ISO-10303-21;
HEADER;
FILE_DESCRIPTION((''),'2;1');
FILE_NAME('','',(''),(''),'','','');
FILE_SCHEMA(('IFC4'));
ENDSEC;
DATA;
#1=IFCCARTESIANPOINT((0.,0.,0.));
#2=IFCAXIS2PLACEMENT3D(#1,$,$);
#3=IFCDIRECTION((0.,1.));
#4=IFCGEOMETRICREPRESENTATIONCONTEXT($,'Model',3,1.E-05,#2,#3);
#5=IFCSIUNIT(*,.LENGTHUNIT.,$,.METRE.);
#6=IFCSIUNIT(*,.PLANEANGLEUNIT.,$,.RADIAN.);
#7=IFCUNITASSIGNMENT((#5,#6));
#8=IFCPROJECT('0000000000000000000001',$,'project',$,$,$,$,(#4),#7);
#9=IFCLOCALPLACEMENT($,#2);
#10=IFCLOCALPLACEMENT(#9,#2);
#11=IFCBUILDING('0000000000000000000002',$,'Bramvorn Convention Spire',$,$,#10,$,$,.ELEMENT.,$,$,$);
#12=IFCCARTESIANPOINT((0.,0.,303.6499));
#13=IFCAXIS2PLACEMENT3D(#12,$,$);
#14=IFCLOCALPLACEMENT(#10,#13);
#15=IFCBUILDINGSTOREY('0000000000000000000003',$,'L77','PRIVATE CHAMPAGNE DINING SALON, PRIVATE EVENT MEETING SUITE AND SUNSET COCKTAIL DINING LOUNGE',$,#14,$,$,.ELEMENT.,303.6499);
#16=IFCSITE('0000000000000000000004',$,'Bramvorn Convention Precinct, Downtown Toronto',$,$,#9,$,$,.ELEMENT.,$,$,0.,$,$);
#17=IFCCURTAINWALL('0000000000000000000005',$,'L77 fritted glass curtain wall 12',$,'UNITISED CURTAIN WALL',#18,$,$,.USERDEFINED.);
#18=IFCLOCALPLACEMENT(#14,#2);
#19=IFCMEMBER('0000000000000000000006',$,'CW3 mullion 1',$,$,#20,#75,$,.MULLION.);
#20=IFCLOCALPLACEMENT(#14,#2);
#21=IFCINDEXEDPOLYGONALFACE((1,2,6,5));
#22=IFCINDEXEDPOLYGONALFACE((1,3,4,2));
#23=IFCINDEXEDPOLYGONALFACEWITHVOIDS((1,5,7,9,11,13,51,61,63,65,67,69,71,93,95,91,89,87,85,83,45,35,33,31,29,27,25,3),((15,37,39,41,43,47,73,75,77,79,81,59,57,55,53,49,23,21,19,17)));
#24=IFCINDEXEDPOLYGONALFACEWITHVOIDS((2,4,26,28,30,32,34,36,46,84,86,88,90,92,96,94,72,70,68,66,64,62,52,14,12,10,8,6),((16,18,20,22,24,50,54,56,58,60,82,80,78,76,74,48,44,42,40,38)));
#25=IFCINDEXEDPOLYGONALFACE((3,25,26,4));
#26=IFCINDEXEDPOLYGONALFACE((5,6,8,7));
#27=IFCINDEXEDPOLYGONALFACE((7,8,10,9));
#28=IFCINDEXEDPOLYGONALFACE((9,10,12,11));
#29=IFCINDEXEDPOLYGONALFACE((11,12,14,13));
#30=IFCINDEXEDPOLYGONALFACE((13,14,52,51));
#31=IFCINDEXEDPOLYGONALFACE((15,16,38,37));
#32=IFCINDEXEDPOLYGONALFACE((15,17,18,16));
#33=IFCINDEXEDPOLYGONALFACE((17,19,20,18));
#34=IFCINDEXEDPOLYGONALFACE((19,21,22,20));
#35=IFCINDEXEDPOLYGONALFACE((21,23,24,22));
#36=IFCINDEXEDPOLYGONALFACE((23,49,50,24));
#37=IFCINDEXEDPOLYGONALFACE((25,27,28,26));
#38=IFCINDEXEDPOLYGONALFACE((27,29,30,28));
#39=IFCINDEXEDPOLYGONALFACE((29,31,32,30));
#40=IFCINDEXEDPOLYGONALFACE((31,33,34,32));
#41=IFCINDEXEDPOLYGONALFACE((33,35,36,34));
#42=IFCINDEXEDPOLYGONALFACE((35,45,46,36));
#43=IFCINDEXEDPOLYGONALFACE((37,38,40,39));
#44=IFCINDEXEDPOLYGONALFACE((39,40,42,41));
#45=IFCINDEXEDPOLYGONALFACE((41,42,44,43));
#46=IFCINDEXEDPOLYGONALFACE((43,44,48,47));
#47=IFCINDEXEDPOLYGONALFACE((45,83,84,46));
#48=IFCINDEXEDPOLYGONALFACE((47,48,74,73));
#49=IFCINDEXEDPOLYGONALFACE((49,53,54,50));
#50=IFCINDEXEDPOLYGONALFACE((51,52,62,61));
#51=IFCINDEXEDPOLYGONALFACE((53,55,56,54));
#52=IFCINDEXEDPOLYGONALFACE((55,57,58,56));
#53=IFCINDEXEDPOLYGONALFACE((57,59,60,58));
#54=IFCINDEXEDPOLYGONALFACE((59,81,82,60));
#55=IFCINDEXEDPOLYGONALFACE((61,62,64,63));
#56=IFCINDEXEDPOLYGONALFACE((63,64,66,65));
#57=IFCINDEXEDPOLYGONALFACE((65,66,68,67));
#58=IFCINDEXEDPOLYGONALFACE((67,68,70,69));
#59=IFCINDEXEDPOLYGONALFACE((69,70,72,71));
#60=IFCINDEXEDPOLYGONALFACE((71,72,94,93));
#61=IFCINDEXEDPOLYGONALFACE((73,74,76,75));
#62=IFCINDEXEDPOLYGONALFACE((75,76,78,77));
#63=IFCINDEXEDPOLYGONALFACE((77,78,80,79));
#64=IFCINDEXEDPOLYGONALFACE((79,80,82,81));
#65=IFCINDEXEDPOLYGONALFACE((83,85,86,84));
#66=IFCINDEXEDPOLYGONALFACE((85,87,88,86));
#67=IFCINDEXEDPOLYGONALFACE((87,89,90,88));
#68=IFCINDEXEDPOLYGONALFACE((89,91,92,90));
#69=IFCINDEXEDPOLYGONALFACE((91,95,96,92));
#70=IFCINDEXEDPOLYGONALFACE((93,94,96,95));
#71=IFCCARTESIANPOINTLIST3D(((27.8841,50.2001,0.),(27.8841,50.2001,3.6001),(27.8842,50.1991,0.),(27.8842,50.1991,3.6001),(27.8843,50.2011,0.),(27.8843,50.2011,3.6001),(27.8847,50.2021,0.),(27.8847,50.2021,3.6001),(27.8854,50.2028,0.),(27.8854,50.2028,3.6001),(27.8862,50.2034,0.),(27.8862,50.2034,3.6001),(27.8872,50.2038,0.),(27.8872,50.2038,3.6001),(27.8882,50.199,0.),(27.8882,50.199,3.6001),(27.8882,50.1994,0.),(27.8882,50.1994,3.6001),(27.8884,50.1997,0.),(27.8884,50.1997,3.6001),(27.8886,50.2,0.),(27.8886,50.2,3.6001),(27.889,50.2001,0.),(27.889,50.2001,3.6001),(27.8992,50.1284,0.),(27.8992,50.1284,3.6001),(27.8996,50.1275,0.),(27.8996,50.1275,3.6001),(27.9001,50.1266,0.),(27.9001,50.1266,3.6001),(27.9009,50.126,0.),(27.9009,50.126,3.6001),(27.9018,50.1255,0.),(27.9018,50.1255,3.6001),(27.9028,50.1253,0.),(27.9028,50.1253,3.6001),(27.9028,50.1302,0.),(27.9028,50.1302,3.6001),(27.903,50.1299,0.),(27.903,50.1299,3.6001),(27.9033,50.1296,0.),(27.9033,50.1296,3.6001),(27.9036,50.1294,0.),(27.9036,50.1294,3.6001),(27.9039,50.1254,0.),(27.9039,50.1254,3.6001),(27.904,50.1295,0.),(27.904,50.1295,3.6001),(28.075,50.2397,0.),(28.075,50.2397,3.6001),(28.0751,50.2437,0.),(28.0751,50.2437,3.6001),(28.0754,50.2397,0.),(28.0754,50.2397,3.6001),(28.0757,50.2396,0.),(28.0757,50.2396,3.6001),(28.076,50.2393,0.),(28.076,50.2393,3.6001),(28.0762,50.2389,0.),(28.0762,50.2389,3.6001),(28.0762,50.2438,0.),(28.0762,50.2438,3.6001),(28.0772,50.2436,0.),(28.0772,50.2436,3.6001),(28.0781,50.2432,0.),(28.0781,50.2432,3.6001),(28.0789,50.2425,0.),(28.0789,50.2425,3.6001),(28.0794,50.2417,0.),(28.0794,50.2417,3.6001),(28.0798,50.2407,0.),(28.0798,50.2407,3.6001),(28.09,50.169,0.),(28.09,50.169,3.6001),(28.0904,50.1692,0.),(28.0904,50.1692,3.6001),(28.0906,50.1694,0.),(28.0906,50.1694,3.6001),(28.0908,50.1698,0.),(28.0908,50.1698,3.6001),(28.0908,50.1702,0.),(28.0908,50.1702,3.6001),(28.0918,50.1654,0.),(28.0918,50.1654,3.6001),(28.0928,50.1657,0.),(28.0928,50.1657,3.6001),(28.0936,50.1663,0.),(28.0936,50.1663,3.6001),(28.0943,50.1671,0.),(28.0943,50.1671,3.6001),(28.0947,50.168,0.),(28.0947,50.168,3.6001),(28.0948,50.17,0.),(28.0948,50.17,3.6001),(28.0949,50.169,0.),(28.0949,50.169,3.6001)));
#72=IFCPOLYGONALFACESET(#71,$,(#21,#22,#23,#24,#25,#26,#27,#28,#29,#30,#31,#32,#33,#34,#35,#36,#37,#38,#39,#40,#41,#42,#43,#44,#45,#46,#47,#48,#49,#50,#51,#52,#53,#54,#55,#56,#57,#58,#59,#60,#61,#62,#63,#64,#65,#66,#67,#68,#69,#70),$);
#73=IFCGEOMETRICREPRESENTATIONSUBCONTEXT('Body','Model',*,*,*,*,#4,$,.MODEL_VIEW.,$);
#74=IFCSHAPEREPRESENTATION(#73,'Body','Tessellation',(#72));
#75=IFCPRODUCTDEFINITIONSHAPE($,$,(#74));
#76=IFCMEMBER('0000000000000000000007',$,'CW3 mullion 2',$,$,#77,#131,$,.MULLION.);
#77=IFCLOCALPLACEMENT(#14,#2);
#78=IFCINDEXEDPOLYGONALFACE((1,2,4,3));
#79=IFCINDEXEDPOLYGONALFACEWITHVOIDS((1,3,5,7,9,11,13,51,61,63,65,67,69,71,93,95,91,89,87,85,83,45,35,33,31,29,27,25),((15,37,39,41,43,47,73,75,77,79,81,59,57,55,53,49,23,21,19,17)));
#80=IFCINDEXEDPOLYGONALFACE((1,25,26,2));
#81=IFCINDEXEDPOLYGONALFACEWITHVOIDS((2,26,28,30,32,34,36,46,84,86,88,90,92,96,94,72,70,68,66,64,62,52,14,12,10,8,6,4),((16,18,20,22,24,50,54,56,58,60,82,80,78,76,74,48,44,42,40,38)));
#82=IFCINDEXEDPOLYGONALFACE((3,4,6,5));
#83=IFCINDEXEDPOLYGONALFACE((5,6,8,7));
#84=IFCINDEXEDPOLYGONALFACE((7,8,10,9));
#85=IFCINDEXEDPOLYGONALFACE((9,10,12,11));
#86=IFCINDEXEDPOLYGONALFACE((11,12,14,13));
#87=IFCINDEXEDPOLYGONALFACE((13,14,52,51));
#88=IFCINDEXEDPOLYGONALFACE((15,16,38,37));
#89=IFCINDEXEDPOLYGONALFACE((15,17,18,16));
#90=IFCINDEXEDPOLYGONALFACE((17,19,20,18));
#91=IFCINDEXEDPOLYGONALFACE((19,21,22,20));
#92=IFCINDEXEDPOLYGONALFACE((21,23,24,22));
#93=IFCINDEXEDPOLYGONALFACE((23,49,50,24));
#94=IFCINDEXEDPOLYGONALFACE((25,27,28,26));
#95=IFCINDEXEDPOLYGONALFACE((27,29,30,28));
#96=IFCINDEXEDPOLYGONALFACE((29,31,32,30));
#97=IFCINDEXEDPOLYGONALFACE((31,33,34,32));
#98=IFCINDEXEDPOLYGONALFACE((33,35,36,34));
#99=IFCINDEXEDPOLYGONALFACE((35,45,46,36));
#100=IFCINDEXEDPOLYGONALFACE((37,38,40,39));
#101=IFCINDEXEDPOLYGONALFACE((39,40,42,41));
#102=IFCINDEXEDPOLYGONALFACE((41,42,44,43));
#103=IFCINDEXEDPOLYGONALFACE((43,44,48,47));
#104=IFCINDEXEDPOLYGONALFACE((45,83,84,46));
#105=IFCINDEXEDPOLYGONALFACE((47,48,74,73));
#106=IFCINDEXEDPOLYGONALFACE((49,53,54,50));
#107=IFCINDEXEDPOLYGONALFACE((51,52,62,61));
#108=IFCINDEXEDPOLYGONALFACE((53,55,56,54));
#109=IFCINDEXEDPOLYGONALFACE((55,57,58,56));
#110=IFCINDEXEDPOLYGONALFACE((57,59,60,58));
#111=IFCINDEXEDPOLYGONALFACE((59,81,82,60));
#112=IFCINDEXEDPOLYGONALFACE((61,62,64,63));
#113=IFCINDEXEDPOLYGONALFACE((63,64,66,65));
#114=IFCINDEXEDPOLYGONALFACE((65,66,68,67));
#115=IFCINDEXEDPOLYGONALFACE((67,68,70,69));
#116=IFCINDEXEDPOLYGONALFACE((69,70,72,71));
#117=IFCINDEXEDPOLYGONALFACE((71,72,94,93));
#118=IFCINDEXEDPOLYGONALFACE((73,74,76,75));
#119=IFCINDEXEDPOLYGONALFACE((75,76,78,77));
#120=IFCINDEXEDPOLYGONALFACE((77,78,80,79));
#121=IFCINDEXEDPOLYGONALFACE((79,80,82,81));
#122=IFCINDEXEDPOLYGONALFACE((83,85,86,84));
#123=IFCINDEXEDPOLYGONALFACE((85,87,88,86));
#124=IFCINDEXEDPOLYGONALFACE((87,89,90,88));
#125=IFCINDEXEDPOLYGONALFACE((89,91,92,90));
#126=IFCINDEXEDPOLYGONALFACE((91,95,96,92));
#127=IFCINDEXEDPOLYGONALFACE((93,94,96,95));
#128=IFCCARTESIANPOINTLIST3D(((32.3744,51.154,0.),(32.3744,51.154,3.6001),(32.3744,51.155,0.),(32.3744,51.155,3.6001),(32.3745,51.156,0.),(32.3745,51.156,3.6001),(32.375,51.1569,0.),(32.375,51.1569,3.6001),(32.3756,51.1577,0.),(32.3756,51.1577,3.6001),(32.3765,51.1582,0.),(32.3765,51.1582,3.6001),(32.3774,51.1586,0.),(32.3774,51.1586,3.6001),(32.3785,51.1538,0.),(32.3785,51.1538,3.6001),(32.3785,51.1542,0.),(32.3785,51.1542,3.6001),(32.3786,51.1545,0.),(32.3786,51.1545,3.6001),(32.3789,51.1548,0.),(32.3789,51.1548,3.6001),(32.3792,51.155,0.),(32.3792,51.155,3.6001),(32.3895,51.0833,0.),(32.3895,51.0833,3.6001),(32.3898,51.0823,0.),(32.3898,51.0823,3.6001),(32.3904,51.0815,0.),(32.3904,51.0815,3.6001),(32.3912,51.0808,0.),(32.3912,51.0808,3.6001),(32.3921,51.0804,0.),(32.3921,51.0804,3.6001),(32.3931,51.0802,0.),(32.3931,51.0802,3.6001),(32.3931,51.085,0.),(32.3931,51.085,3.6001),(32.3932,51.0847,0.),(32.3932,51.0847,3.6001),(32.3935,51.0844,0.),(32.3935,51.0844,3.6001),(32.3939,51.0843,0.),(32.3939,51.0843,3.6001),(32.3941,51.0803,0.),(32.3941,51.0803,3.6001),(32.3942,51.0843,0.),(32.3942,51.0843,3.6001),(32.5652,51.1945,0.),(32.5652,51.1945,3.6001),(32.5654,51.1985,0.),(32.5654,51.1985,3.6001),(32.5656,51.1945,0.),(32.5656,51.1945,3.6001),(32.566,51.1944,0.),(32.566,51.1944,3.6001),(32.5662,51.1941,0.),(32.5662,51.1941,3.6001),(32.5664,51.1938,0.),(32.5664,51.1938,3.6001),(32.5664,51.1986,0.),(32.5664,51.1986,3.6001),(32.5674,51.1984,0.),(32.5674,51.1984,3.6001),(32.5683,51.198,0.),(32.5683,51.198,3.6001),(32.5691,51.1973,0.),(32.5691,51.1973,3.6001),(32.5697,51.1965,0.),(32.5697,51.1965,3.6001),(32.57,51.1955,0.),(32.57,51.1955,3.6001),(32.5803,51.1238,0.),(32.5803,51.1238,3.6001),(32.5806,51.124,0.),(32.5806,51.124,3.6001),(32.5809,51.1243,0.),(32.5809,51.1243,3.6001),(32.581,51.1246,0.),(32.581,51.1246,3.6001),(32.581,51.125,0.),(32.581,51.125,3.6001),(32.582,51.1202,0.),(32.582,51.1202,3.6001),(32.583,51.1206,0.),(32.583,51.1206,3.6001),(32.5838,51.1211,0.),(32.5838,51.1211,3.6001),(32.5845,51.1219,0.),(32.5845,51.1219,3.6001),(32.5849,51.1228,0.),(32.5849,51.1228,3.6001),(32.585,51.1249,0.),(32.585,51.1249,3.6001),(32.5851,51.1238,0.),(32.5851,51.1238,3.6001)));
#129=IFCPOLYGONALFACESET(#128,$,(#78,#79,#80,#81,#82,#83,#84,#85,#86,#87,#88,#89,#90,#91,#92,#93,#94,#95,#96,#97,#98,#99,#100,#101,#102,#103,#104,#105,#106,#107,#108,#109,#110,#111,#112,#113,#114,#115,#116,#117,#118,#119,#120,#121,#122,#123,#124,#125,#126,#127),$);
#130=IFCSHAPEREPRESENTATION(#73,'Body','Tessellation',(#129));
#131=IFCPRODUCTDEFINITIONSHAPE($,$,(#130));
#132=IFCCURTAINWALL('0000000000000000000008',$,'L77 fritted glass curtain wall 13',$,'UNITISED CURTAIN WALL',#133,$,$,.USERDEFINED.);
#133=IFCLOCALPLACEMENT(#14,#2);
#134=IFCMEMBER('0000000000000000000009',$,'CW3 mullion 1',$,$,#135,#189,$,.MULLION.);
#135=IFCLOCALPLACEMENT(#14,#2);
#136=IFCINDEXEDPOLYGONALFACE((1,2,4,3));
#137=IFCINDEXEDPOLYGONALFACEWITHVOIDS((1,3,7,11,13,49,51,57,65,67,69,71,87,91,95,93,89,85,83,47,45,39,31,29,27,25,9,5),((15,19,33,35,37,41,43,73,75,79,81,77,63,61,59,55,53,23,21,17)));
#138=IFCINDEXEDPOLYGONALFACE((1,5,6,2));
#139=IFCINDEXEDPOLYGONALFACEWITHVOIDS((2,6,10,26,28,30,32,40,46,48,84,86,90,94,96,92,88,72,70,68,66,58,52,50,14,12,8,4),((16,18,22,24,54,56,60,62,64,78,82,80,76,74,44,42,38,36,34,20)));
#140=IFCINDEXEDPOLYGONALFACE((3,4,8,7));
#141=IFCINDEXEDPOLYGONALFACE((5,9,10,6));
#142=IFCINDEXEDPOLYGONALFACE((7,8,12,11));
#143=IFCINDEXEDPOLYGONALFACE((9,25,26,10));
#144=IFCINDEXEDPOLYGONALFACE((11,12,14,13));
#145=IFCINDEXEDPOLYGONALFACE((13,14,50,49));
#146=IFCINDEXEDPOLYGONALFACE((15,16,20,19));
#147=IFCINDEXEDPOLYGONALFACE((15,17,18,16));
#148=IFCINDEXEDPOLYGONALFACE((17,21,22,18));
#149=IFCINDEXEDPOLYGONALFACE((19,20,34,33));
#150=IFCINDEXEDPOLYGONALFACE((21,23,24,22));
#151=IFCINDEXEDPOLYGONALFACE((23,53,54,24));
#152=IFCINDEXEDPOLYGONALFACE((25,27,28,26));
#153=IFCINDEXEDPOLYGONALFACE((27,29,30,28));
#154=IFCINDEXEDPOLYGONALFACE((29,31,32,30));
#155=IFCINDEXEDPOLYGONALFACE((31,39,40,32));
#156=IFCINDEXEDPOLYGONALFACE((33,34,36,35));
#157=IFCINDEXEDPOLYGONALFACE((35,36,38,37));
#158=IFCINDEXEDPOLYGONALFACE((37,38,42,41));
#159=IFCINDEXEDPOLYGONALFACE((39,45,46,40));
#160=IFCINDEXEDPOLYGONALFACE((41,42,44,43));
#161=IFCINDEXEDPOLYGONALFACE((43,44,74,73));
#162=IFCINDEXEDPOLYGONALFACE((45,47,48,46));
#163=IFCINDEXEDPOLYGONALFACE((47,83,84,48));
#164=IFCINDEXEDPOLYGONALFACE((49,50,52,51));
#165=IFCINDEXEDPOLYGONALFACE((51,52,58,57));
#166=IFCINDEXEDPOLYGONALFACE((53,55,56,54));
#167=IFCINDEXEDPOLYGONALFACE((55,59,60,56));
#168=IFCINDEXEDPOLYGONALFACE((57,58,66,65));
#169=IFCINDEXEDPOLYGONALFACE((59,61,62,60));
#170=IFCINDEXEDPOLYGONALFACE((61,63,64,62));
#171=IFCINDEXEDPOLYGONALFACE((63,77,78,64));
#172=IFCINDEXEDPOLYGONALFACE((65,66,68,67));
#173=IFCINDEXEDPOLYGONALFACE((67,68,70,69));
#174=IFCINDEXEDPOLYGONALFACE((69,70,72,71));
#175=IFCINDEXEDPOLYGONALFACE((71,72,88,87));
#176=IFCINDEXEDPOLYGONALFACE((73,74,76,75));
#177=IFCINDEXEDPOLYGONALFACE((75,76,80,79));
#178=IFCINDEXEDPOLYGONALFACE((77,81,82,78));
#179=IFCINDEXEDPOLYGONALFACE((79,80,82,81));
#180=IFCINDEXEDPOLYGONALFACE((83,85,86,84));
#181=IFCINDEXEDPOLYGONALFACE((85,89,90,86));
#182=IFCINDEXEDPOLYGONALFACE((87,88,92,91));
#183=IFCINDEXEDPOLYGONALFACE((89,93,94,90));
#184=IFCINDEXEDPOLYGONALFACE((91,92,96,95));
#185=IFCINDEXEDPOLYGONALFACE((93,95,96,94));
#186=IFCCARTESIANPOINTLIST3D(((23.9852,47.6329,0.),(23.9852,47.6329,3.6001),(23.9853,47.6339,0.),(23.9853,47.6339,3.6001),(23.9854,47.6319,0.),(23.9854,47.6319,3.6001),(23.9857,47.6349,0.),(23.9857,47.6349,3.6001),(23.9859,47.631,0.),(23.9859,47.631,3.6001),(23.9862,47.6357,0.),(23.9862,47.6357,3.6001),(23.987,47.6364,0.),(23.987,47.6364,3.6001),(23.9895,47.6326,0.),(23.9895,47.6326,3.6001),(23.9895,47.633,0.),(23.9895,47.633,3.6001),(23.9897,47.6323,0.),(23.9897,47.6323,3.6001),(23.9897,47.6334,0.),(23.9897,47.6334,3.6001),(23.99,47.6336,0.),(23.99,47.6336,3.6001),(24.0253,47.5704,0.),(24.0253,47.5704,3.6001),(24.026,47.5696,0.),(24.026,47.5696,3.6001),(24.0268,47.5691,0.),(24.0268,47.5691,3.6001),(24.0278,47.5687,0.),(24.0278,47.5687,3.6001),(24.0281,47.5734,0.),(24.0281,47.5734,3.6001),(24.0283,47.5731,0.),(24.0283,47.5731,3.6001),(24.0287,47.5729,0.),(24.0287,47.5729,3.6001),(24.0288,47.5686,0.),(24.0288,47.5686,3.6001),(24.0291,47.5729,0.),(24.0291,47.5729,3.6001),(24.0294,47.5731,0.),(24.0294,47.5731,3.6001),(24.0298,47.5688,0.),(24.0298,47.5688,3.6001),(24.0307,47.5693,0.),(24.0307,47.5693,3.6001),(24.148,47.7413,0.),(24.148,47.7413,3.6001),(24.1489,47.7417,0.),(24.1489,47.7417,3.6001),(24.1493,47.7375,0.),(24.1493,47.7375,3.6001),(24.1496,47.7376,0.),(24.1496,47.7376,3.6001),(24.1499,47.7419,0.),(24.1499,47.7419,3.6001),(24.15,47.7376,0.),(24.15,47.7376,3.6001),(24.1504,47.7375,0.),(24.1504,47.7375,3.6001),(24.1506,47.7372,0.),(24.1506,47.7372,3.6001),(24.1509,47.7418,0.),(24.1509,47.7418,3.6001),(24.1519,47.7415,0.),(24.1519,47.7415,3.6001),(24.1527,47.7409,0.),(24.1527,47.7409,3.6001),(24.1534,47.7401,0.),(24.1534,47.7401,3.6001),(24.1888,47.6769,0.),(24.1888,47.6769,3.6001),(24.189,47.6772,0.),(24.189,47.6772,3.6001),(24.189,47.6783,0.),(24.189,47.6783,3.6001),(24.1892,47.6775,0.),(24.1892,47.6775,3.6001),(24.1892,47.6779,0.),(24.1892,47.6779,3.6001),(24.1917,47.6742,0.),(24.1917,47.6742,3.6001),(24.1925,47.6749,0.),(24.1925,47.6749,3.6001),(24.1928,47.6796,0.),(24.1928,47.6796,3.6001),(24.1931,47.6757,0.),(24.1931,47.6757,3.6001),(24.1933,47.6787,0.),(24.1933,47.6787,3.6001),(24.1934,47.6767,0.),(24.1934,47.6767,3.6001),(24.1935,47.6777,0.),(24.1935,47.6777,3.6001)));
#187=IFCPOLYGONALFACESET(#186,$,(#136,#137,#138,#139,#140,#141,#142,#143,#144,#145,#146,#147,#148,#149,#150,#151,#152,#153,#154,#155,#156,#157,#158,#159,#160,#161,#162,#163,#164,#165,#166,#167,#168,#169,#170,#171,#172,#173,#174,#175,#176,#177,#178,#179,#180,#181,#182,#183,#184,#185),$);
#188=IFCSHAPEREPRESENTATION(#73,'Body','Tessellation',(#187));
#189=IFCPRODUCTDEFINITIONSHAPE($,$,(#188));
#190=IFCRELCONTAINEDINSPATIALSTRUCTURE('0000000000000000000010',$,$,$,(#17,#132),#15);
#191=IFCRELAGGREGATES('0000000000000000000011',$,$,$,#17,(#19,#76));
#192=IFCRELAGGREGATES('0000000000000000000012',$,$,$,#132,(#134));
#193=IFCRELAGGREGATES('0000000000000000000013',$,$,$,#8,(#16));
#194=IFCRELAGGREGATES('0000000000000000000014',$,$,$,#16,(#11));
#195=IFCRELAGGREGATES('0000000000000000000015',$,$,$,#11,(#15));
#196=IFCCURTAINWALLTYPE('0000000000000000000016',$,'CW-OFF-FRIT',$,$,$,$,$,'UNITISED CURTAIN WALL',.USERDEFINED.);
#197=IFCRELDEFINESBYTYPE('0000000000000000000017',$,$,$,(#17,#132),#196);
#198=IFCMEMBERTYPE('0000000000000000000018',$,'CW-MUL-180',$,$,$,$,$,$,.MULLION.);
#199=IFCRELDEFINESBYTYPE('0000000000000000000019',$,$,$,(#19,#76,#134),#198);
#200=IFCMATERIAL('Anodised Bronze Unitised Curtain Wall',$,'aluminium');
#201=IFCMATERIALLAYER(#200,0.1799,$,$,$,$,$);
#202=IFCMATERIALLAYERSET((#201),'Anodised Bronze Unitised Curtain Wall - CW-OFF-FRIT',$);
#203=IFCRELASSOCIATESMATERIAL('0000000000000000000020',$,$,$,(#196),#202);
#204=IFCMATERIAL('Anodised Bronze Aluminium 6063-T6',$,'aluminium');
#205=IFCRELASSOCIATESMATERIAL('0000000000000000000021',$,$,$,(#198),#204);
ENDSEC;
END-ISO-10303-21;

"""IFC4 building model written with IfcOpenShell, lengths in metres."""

from ifc_helpers import new_model, si_unit, direction, frame, origin, origin_2d, place, context, subcontext, project, spatial, hollow_rectangle, extrude, material, layer, layer_set, material_profile, profile_set, type_object, element, aggregate, save


model = new_model("IFC4")

# Units and contexts
model_context = context("Model", 3, precision=1e-05, world=origin(), true_north=direction((0.0, 1.0)))
body_context = subcontext(model_context, "Body", "Model", "MODEL_VIEW")
ifc_project = project(units=[si_unit("LENGTHUNIT", "METRE"), si_unit("PLANEANGLEUNIT", "RADIAN")], contexts=[model_context])

# Site, building, storey
site_placement = place(None, origin())
site = spatial("IfcSite", under=ifc_project, at=site_placement, Name="Bramvorn Convention Precinct, Downtown Toronto", CompositionType="ELEMENT", RefElevation=0.0)
building_placement = place(site_placement, origin())
building = spatial("IfcBuilding", under=site, at=building_placement, Name="Bramvorn Convention Spire", CompositionType="ELEMENT")
storey_placement = place(building_placement, frame((0.0, 0.0, 303.6499)))
storey = spatial("IfcBuildingStorey", under=building, at=storey_placement, Name="L77", Description="PRIVATE CHAMPAGNE DINING SALON, PRIVATE EVENT MEETING SUITE AND SUNSET COCKTAIL DINING LOUNGE", CompositionType="ELEMENT", Elevation=303.6499)

# Curtain walls, members
ifc_material_1 = material(Name="Anodised Bronze Unitised Curtain Wall", Category="aluminium")
ifc_layer_1 = layer(ifc_material_1, 0.1799)
ifc_layer_set_1 = layer_set([ifc_layer_1], Name="Anodised Bronze Unitised Curtain Wall - CW-OFF-FRIT")
curtain_wall_type = type_object("IfcCurtainWallType", Name="CW-OFF-FRIT", ElementType="UNITISED CURTAIN WALL", PredefinedType="USERDEFINED", material=ifc_layer_set_1)
curtain_wall_1_placement = place(storey_placement, origin())
curtain_wall_1 = element("IfcCurtainWall", 1, at=curtain_wall_1_placement, inside=storey, type_object=curtain_wall_type, Name="L77 fritted glass curtain wall 12", ObjectType="UNITISED CURTAIN WALL", PredefinedType="USERDEFINED")
ifc_material_2 = material(Name="Anodised Bronze Aluminium 6063-T6", Category="aluminium")
ifc_material_profile_1 = material_profile(ifc_material_2, hollow_rectangle(XDim=0.0801, YDim=0.2, WallThickness=0.0039, InnerFilletRadius=0.001, OuterFilletRadius=0.0039, at=origin_2d()))
ifc_profile_set_1 = profile_set([ifc_material_profile_1], Name="Anodised Bronze Aluminium 6063-T6 - CWM80X200")
member_type_1 = type_object("IfcMemberType", Name="CW-MUL-180", PredefinedType="MULLION", material=ifc_profile_set_1)
member_1_placement = place(storey_placement, frame((27.9895, 50.1846, 0.0), z_axis=(0.0, 0.0, 1.0), x_axis=(-0.207969, 0.978135, 0.0)))
member_1 = element("IfcMember", 2, at=member_1_placement, type_object=member_type_1, Name="CW3 mullion 1", PredefinedType="MULLION", context=body_context, shape_type="SweptSolid", body=[
    extrude(hollow_rectangle(XDim=0.0801, YDim=0.2, WallThickness=0.0039, InnerFilletRadius=0.001, OuterFilletRadius=0.0039, at=origin_2d()), origin(), (0.0, 0.0, 1.0), 3.6001),
])
member_2_placement = place(storey_placement, frame((32.4797, 51.1394, 0.0), z_axis=(0.0, 0.0, 1.0), x_axis=(-0.207969, 0.978135, 0.0)))
member_2 = element("IfcMember", 3, at=member_2_placement, type_object=member_type_1, Name="CW3 mullion 2", PredefinedType="MULLION", context=body_context, shape_type="SweptSolid", body=[
    extrude(hollow_rectangle(XDim=0.0801, YDim=0.2, WallThickness=0.0039, InnerFilletRadius=0.001, OuterFilletRadius=0.0039, at=origin_2d()), origin(), (0.0, 0.0, 1.0), 3.6001),
])
curtain_wall_2_placement = place(storey_placement, origin())
curtain_wall_2 = element("IfcCurtainWall", 4, at=curtain_wall_2_placement, inside=storey, type_object=curtain_wall_type, Name="L77 fritted glass curtain wall 13", ObjectType="UNITISED CURTAIN WALL", PredefinedType="USERDEFINED")
member_3_placement = place(storey_placement, frame((24.0894, 47.6553, 0.0), z_axis=(0.0, 0.0, 1.0), x_axis=(-0.546046, 0.837755, 0.0)))
member_3 = element("IfcMember", 5, at=member_3_placement, type_object=member_type_1, Name="CW3 mullion 1", PredefinedType="MULLION", context=body_context, shape_type="SweptSolid", body=[
    extrude(hollow_rectangle(XDim=0.0801, YDim=0.2, WallThickness=0.0039, InnerFilletRadius=0.001, OuterFilletRadius=0.0039, at=origin_2d()), origin(), (0.0, 0.0, 1.0), 3.6001),
])

aggregate(curtain_wall_1, [member_1, member_2])
aggregate(curtain_wall_2, [member_3])

save(model, "model.ifc")
